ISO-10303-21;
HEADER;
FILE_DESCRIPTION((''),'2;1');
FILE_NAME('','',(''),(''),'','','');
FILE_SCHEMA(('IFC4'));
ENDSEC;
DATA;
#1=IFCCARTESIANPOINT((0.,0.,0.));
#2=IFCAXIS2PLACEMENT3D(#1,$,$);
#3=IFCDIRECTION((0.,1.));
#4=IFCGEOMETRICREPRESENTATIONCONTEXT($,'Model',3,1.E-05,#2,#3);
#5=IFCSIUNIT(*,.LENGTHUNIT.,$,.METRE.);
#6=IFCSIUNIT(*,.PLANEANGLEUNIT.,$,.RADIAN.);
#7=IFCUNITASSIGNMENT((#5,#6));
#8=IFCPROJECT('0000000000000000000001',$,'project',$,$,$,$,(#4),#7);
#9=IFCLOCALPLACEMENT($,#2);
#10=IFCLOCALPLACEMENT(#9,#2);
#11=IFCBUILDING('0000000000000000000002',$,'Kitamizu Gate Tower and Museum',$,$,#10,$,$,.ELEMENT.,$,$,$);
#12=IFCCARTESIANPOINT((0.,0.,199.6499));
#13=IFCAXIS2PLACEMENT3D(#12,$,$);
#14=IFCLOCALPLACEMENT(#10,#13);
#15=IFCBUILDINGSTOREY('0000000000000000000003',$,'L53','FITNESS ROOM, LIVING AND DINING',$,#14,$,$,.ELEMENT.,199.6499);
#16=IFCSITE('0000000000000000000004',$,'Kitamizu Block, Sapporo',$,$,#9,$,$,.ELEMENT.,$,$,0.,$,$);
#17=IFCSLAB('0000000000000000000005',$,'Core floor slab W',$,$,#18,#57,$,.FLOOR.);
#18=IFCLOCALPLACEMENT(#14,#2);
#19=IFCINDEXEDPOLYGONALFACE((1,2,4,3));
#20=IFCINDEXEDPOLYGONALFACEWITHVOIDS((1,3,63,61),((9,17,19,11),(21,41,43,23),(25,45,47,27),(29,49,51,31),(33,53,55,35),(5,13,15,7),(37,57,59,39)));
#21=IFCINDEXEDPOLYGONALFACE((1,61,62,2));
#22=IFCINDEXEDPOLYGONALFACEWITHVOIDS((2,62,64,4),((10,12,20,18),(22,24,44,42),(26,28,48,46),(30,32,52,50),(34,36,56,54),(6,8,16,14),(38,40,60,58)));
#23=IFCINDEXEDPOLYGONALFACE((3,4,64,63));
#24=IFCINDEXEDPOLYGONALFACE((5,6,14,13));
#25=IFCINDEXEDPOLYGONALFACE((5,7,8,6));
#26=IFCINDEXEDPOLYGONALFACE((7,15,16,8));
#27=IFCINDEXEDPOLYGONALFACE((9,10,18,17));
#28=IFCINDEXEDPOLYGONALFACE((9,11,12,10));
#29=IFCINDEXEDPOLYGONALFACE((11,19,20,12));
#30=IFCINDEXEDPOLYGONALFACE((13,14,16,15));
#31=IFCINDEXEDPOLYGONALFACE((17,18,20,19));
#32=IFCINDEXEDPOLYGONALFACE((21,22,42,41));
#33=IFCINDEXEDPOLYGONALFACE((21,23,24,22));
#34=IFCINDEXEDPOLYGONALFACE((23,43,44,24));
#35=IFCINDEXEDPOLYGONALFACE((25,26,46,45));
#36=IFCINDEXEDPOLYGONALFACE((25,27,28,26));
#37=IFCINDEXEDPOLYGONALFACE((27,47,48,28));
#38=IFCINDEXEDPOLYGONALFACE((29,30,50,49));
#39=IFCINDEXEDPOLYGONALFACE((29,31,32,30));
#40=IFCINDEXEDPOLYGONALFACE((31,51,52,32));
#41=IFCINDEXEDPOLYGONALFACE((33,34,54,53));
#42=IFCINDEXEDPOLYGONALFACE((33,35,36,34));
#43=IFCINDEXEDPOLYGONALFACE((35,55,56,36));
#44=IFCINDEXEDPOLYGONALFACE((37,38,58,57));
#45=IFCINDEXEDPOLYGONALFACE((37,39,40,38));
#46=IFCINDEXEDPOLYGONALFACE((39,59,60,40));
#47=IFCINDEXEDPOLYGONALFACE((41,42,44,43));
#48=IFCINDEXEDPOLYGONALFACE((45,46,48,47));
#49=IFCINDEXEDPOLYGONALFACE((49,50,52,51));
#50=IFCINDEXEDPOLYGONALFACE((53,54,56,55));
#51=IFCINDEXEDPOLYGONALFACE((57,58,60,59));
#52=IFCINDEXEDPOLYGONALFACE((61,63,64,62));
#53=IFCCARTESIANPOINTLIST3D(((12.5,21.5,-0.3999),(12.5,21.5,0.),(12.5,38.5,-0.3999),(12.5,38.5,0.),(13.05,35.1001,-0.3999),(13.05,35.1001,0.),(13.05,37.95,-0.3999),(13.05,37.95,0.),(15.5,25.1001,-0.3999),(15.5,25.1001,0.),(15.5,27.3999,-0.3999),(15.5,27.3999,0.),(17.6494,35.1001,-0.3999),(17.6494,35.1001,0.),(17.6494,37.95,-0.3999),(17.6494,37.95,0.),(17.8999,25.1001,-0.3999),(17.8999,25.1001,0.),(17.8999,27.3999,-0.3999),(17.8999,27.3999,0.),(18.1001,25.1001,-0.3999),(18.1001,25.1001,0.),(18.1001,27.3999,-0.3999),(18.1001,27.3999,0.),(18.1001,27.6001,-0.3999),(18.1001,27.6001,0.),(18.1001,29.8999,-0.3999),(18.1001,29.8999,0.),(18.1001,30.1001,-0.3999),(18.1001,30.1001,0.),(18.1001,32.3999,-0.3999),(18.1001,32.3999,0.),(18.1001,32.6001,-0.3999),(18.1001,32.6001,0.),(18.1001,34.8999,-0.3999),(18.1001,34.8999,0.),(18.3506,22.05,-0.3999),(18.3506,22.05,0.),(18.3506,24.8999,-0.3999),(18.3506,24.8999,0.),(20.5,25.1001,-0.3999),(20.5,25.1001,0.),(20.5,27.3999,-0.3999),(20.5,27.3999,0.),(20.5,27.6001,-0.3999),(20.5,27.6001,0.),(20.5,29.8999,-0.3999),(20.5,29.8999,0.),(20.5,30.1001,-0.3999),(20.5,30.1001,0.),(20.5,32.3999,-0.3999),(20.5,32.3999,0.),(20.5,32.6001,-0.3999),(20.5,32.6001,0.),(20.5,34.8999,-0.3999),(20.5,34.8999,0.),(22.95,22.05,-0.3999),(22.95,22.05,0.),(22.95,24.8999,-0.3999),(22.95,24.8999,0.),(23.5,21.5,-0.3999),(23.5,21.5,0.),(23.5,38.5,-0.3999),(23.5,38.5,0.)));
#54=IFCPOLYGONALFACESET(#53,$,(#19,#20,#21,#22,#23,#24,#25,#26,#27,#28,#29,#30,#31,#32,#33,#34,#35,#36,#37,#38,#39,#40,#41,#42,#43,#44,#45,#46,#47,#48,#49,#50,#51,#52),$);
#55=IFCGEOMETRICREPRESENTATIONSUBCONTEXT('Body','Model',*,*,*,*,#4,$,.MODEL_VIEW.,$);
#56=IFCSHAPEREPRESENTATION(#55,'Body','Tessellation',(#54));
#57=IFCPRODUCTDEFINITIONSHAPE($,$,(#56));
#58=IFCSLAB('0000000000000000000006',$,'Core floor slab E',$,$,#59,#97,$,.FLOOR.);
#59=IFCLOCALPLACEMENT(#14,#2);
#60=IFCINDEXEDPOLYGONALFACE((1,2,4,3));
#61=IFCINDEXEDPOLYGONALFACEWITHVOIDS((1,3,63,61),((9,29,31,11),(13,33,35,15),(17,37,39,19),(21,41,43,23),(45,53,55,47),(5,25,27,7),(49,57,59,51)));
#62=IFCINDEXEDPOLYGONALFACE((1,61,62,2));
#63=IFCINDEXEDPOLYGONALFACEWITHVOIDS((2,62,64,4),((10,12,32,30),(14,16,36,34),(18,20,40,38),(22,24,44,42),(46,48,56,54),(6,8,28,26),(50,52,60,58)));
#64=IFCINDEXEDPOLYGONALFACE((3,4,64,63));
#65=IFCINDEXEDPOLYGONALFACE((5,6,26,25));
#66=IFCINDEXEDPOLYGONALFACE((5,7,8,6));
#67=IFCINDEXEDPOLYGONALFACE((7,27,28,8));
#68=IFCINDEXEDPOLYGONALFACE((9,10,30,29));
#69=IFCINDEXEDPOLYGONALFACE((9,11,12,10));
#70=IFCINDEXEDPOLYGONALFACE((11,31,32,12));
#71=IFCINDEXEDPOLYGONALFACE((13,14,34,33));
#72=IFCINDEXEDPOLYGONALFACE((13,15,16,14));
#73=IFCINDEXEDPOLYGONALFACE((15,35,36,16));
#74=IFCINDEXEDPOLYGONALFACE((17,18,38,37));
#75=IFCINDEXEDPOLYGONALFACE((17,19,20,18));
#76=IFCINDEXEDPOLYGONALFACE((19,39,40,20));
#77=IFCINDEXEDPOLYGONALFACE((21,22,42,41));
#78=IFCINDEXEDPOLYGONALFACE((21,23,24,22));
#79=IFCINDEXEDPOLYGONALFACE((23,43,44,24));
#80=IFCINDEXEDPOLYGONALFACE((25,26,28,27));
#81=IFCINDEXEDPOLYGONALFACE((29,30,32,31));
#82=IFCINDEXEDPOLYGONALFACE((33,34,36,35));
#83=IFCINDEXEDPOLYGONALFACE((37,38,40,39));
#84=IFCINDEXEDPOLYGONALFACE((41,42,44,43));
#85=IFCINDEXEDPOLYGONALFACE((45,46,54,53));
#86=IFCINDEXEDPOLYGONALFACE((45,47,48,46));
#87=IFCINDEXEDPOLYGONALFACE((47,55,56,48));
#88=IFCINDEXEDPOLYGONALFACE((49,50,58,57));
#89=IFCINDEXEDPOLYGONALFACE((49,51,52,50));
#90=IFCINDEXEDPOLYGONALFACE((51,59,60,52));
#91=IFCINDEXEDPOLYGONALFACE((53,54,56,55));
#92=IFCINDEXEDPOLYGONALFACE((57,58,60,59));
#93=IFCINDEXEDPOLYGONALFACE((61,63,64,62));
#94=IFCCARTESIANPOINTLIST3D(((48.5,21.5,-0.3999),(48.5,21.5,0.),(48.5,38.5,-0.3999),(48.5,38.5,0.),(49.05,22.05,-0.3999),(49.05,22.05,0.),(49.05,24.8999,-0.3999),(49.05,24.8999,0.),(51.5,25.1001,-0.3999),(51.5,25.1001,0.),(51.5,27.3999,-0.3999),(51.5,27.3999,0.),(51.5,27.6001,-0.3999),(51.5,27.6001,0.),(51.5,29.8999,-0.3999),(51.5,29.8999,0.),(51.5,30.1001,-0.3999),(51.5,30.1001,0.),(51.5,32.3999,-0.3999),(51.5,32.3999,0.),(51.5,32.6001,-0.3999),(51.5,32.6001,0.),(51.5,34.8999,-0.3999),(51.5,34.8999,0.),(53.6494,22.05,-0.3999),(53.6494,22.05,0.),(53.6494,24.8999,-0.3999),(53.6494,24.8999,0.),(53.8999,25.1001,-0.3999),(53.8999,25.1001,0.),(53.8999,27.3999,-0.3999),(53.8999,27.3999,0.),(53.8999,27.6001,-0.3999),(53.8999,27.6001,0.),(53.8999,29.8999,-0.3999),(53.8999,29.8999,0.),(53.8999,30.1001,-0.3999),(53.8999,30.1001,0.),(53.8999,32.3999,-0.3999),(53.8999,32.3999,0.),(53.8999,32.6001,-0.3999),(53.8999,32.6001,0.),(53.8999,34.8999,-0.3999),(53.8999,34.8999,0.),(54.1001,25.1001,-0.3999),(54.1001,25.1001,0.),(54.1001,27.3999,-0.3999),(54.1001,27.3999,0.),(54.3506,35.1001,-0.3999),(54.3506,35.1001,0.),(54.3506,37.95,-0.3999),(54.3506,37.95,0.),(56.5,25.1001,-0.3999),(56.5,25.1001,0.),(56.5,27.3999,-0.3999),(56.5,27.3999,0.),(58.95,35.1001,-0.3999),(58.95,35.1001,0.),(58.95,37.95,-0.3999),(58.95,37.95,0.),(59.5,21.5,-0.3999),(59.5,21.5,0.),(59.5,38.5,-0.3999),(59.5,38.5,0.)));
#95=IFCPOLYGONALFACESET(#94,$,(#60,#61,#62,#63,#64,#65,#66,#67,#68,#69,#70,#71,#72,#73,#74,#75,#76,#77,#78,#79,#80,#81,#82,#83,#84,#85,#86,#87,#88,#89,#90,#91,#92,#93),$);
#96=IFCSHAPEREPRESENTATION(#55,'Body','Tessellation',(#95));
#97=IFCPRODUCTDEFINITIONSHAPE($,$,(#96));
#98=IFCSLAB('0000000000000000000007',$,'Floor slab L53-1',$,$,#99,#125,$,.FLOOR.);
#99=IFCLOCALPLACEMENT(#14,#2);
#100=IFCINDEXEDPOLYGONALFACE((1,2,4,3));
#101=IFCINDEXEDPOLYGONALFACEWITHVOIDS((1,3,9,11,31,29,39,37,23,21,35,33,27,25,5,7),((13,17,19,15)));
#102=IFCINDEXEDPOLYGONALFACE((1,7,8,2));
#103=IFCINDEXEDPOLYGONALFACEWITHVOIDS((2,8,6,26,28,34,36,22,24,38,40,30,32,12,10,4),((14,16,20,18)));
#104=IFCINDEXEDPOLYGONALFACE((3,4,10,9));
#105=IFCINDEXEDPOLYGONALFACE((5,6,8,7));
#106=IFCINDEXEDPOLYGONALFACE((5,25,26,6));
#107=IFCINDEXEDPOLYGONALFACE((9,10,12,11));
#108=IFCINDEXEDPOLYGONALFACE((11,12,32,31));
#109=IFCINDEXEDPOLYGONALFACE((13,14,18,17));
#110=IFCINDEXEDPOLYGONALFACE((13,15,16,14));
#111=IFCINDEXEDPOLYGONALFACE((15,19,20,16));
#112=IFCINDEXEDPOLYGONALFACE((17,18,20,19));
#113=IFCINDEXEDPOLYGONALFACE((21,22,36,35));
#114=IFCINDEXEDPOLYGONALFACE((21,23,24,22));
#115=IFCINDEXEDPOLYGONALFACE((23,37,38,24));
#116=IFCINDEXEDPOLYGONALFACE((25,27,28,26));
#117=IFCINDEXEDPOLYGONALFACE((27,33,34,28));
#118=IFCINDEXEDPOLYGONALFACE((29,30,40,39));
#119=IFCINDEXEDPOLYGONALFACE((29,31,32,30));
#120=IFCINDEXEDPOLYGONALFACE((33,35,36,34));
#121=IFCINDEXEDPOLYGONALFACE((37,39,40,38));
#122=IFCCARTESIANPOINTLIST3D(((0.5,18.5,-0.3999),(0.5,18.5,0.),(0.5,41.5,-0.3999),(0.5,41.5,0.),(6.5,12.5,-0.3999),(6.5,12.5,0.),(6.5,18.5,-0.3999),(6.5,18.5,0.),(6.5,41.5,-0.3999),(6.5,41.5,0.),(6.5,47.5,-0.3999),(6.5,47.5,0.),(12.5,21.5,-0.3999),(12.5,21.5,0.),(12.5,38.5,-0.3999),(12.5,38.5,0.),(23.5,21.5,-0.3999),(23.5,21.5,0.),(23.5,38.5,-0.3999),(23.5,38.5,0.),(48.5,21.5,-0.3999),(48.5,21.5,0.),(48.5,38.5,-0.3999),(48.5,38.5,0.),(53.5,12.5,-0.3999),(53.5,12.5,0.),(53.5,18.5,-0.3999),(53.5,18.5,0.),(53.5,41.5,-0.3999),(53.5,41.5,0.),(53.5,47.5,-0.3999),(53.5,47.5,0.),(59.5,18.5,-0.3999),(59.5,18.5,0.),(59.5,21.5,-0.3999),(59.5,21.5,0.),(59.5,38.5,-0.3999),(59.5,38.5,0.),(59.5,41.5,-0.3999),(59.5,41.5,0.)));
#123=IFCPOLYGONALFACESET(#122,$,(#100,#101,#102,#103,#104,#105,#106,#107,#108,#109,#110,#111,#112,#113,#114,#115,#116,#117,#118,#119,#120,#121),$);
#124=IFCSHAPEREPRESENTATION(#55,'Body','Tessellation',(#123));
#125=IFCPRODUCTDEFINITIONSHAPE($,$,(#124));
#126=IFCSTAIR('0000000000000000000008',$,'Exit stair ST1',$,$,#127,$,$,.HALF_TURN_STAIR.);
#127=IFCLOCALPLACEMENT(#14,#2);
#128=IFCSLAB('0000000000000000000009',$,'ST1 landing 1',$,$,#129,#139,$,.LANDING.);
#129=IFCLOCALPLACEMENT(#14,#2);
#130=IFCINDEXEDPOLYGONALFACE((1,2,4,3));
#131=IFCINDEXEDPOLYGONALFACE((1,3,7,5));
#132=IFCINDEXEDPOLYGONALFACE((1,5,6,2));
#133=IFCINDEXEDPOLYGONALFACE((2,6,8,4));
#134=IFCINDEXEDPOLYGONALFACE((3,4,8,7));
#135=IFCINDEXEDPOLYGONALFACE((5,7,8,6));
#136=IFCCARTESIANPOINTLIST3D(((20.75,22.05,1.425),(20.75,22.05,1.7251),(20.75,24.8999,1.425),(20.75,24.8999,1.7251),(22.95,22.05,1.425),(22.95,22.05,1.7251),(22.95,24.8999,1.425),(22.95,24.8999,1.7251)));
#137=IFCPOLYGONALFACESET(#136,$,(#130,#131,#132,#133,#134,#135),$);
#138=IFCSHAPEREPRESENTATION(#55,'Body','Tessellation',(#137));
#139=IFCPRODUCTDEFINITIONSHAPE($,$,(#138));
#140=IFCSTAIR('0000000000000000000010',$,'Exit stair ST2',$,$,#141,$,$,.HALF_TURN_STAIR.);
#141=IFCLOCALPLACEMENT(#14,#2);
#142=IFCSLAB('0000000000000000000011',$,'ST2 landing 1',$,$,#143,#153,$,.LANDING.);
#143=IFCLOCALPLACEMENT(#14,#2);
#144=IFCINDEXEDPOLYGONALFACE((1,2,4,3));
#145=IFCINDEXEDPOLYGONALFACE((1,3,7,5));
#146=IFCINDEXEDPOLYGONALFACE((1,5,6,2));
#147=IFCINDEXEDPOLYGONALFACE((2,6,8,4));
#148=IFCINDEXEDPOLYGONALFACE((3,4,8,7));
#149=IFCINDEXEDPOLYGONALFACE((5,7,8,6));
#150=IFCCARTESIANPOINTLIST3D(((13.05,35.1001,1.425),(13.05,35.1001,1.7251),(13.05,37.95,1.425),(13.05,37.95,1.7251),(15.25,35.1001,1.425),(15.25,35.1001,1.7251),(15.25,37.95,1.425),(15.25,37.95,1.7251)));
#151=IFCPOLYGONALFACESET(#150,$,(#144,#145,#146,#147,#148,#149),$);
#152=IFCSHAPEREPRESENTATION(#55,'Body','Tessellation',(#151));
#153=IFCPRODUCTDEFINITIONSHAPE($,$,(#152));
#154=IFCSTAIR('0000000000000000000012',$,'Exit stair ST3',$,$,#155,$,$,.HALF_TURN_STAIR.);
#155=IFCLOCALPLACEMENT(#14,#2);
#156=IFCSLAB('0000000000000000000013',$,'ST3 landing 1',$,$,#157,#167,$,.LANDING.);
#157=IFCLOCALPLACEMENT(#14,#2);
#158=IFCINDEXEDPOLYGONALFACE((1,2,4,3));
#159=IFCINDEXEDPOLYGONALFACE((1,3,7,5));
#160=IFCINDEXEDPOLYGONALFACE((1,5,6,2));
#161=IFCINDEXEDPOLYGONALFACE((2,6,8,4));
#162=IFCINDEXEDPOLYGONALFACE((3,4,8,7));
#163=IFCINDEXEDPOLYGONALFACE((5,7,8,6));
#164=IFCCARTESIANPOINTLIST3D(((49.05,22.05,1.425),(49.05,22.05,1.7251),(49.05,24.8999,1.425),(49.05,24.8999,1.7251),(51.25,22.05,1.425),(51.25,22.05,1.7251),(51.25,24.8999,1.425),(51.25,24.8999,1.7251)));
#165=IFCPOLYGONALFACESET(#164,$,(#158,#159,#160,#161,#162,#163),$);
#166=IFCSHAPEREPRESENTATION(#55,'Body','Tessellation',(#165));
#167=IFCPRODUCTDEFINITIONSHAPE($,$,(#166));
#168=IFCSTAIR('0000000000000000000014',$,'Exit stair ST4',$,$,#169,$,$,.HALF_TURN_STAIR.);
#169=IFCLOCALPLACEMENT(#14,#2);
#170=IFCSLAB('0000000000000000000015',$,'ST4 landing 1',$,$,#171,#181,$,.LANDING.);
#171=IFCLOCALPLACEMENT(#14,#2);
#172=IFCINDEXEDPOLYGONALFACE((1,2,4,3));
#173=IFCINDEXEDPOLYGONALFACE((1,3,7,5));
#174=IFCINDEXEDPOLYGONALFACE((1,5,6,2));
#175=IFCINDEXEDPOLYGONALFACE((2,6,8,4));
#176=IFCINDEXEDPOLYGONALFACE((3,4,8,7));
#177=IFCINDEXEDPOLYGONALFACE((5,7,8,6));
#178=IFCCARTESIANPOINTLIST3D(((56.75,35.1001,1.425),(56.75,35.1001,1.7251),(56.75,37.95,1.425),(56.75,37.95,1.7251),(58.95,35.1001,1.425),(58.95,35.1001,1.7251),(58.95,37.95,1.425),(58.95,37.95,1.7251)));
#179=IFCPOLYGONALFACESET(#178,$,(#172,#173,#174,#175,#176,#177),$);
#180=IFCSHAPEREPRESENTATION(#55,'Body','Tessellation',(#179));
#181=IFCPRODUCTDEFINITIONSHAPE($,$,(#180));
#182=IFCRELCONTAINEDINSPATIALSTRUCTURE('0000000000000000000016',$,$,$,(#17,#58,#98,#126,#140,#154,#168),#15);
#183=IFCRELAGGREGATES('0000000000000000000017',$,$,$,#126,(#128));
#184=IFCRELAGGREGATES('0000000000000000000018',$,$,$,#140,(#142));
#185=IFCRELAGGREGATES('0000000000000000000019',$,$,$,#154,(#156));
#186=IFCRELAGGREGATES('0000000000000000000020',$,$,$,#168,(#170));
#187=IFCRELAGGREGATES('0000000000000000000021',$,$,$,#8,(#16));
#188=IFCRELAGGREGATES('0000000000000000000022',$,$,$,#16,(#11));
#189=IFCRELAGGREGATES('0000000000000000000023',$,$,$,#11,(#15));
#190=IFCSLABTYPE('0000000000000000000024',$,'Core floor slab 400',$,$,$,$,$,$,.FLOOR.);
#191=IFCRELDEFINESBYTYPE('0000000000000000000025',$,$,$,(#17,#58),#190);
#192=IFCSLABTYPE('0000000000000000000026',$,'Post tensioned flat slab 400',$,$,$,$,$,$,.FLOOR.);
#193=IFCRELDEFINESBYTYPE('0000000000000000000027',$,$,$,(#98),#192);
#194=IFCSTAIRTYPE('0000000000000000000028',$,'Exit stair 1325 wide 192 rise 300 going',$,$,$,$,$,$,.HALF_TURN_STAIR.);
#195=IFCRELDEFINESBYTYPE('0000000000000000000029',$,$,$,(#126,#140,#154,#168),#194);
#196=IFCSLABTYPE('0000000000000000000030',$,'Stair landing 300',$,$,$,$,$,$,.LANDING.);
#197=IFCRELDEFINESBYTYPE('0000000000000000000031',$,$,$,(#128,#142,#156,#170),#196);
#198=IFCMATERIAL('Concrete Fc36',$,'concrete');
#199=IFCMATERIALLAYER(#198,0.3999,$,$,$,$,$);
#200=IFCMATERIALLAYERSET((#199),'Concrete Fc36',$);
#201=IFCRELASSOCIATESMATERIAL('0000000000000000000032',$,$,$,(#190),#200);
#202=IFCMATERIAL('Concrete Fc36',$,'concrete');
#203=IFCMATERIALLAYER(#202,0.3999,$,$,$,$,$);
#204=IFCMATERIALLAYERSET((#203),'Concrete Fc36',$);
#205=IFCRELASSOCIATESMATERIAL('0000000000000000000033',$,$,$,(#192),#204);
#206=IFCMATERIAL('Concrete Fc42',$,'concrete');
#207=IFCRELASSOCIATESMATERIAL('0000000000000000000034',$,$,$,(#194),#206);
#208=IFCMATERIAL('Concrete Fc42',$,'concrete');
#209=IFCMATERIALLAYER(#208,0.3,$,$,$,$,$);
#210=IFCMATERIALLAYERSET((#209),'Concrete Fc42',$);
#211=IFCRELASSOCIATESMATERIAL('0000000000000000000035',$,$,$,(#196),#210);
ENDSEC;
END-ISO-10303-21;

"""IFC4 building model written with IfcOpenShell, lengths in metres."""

from ifc_helpers import new_model, si_unit, direction, frame, origin, place, context, subcontext, project, spatial, polyline, outline, extrude, material, layer, layer_set, type_object, element, aggregate, save


model = new_model("IFC4")

# Units and contexts
model_context = context("Model", 3, precision=1e-05, world=origin(), true_north=direction((0.0, 1.0)))
body_context = subcontext(model_context, "Body", "Model", "MODEL_VIEW")
ifc_project = project(units=[si_unit("LENGTHUNIT", "METRE"), si_unit("PLANEANGLEUNIT", "RADIAN")], contexts=[model_context])

# Site, building, storey
site_placement = place(None, origin())
site = spatial("IfcSite", under=ifc_project, at=site_placement, Name="Kitamizu Block, Sapporo", CompositionType="ELEMENT", RefElevation=0.0)
building_placement = place(site_placement, origin())
building = spatial("IfcBuilding", under=site, at=building_placement, Name="Kitamizu Gate Tower and Museum", CompositionType="ELEMENT")
storey_placement = place(building_placement, frame((0.0, 0.0, 199.6499)))
storey = spatial("IfcBuildingStorey", under=building, at=storey_placement, Name="L53", Description="FITNESS ROOM, LIVING AND DINING", CompositionType="ELEMENT", Elevation=199.6499)

# Slabs
ifc_material_1 = material(Name="Concrete Fc36", Category="concrete")
ifc_layer_1 = layer(ifc_material_1, 0.3999)
ifc_layer_set_1 = layer_set([ifc_layer_1], Name="Concrete Fc36")
slab_type_1 = type_object("IfcSlabType", Name="Core floor slab 400", PredefinedType="FLOOR", material=ifc_layer_set_1)
slab_1_placement = place(storey_placement, frame((0.0, 0.0, -0.3999)))
element("IfcSlab", 1, at=slab_1_placement, inside=storey, type_object=slab_type_1, Name="Core floor slab W", PredefinedType="FLOOR", context=body_context, shape_type="SweptSolid", body=[
    extrude(outline(polyline([(12.5, 21.5), (23.5, 21.5), (23.5, 38.5), (12.5, 38.5), (12.5, 21.5)]), holes=[polyline([(15.5, 25.1001), (17.8999, 25.1001), (17.8999, 27.3999), (15.5, 27.3999), (15.5, 25.1001)]), polyline([(18.1001, 25.1001), (20.5, 25.1001), (20.5, 27.3999), (18.1001, 27.3999), (18.1001, 25.1001)]), polyline([(18.1001, 27.6001), (20.5, 27.6001), (20.5, 29.8999), (18.1001, 29.8999), (18.1001, 27.6001)]), polyline([(18.1001, 30.1001), (20.5, 30.1001), (20.5, 32.3999), (18.1001, 32.3999), (18.1001, 30.1001)]), polyline([(18.1001, 32.6001), (20.5, 32.6001), (20.5, 34.8999), (18.1001, 34.8999), (18.1001, 32.6001)]), polyline([(18.3506, 22.05), (22.95, 22.05), (22.95, 24.8999), (18.3506, 24.8999), (18.3506, 22.05)]), polyline([(13.05, 35.1001), (17.6494, 35.1001), (17.6494, 37.95), (13.05, 37.95), (13.05, 35.1001)])]), origin(), (0.0, 0.0, 1.0), 0.3999),
])
slab_2_placement = place(storey_placement, frame((0.0, 0.0, -0.3999)))
element("IfcSlab", 2, at=slab_2_placement, inside=storey, type_object=slab_type_1, Name="Core floor slab E", PredefinedType="FLOOR", context=body_context, shape_type="SweptSolid", body=[
    extrude(outline(polyline([(48.5, 21.5), (59.5, 21.5), (59.5, 38.5), (48.5, 38.5), (48.5, 21.5)]), holes=[polyline([(54.1001, 25.1001), (56.5, 25.1001), (56.5, 27.3999), (54.1001, 27.3999), (54.1001, 25.1001)]), polyline([(51.5, 25.1001), (53.8999, 25.1001), (53.8999, 27.3999), (51.5, 27.3999), (51.5, 25.1001)]), polyline([(51.5, 27.6001), (53.8999, 27.6001), (53.8999, 29.8999), (51.5, 29.8999), (51.5, 27.6001)]), polyline([(51.5, 30.1001), (53.8999, 30.1001), (53.8999, 32.3999), (51.5, 32.3999), (51.5, 30.1001)]), polyline([(51.5, 32.6001), (53.8999, 32.6001), (53.8999, 34.8999), (51.5, 34.8999), (51.5, 32.6001)]), polyline([(49.05, 22.05), (53.6494, 22.05), (53.6494, 24.8999), (49.05, 24.8999), (49.05, 22.05)]), polyline([(54.3506, 35.1001), (58.95, 35.1001), (58.95, 37.95), (54.3506, 37.95), (54.3506, 35.1001)])]), origin(), (0.0, 0.0, 1.0), 0.3999),
])
ifc_material_2 = material(Name="Concrete Fc36", Category="concrete")
ifc_layer_2 = layer(ifc_material_2, 0.3999)
ifc_layer_set_2 = layer_set([ifc_layer_2], Name="Concrete Fc36")
slab_type_2 = type_object("IfcSlabType", Name="Post tensioned flat slab 400", PredefinedType="FLOOR", material=ifc_layer_set_2)
slab_3_placement = place(storey_placement, frame((0.0, 0.0, -0.3999)))
element("IfcSlab", 3, at=slab_3_placement, inside=storey, type_object=slab_type_2, Name="Floor slab L53-1", PredefinedType="FLOOR", context=body_context, shape_type="SweptSolid", body=[
    extrude(outline(polyline([(0.5, 18.5), (0.5, 41.5), (6.5, 41.5), (6.5, 47.5), (53.5, 47.5), (53.5, 41.5), (59.5, 41.5), (59.5, 38.5), (48.5, 38.5), (48.5, 21.5), (59.5, 21.5), (59.5, 18.5), (53.5, 18.5), (53.5, 12.5), (6.5, 12.5), (6.5, 18.5), (0.5, 18.5)]), holes=[polyline([(12.5, 38.5), (12.5, 21.5), (23.5, 21.5), (23.5, 38.5), (12.5, 38.5)])]), origin(), (0.0, 0.0, 1.0), 0.3999),
])

# Stairs, slabs
ifc_material_3 = material(Name="Concrete Fc42", Category="concrete")
stair_type = type_object("IfcStairType", Name="Exit stair 1325 wide 192 rise 300 going", PredefinedType="HALF_TURN_STAIR", material=ifc_material_3)
stair_1_placement = place(storey_placement, origin())
stair_1 = element("IfcStair", 4, at=stair_1_placement, inside=storey, type_object=stair_type, Name="Exit stair ST1", PredefinedType="HALF_TURN_STAIR")
ifc_material_4 = material(Name="Concrete Fc42", Category="concrete")
ifc_layer_3 = layer(ifc_material_4, 0.3)
ifc_layer_set_3 = layer_set([ifc_layer_3], Name="Concrete Fc42")
slab_type_3 = type_object("IfcSlabType", Name="Stair landing 300", PredefinedType="LANDING", material=ifc_layer_set_3)
slab_4_placement = place(storey_placement, frame((0.0, 0.0, 1.425)))
slab_4 = element("IfcSlab", 5, at=slab_4_placement, type_object=slab_type_3, Name="ST1 landing 1", PredefinedType="LANDING", context=body_context, shape_type="SweptSolid", body=[
    extrude(outline(polyline([(20.75, 22.05), (22.95, 22.05), (22.95, 24.8999), (20.75, 24.8999), (20.75, 22.05)])), origin(), (0.0, 0.0, 1.0), 0.3),
])
aggregate(stair_1, [slab_4])
stair_2_placement = place(storey_placement, origin())
stair_2 = element("IfcStair", 6, at=stair_2_placement, inside=storey, type_object=stair_type, Name="Exit stair ST2", PredefinedType="HALF_TURN_STAIR")
slab_5_placement = place(storey_placement, frame((0.0, 0.0, 1.425)))
slab_5 = element("IfcSlab", 7, at=slab_5_placement, type_object=slab_type_3, Name="ST2 landing 1", PredefinedType="LANDING", context=body_context, shape_type="SweptSolid", body=[
    extrude(outline(polyline([(13.05, 35.1001), (15.25, 35.1001), (15.25, 37.95), (13.05, 37.95), (13.05, 35.1001)])), origin(), (0.0, 0.0, 1.0), 0.3),
])
aggregate(stair_2, [slab_5])
stair_3_placement = place(storey_placement, origin())
stair_3 = element("IfcStair", 8, at=stair_3_placement, inside=storey, type_object=stair_type, Name="Exit stair ST3", PredefinedType="HALF_TURN_STAIR")
slab_6_placement = place(storey_placement, frame((0.0, 0.0, 1.425)))
slab_6 = element("IfcSlab", 9, at=slab_6_placement, type_object=slab_type_3, Name="ST3 landing 1", PredefinedType="LANDING", context=body_context, shape_type="SweptSolid", body=[
    extrude(outline(polyline([(49.05, 22.05), (51.25, 22.05), (51.25, 24.8999), (49.05, 24.8999), (49.05, 22.05)])), origin(), (0.0, 0.0, 1.0), 0.3),
])
aggregate(stair_3, [slab_6])
stair_4_placement = place(storey_placement, origin())
stair_4 = element("IfcStair", 10, at=stair_4_placement, inside=storey, type_object=stair_type, Name="Exit stair ST4", PredefinedType="HALF_TURN_STAIR")
slab_7_placement = place(storey_placement, frame((0.0, 0.0, 1.425)))
slab_7 = element("IfcSlab", 11, at=slab_7_placement, type_object=slab_type_3, Name="ST4 landing 1", PredefinedType="LANDING", context=body_context, shape_type="SweptSolid", body=[
    extrude(outline(polyline([(56.75, 35.1001), (58.95, 35.1001), (58.95, 37.95), (56.75, 37.95), (56.75, 35.1001)])), origin(), (0.0, 0.0, 1.0), 0.3),
])
aggregate(stair_4, [slab_7])

save(model, "model.ifc")
